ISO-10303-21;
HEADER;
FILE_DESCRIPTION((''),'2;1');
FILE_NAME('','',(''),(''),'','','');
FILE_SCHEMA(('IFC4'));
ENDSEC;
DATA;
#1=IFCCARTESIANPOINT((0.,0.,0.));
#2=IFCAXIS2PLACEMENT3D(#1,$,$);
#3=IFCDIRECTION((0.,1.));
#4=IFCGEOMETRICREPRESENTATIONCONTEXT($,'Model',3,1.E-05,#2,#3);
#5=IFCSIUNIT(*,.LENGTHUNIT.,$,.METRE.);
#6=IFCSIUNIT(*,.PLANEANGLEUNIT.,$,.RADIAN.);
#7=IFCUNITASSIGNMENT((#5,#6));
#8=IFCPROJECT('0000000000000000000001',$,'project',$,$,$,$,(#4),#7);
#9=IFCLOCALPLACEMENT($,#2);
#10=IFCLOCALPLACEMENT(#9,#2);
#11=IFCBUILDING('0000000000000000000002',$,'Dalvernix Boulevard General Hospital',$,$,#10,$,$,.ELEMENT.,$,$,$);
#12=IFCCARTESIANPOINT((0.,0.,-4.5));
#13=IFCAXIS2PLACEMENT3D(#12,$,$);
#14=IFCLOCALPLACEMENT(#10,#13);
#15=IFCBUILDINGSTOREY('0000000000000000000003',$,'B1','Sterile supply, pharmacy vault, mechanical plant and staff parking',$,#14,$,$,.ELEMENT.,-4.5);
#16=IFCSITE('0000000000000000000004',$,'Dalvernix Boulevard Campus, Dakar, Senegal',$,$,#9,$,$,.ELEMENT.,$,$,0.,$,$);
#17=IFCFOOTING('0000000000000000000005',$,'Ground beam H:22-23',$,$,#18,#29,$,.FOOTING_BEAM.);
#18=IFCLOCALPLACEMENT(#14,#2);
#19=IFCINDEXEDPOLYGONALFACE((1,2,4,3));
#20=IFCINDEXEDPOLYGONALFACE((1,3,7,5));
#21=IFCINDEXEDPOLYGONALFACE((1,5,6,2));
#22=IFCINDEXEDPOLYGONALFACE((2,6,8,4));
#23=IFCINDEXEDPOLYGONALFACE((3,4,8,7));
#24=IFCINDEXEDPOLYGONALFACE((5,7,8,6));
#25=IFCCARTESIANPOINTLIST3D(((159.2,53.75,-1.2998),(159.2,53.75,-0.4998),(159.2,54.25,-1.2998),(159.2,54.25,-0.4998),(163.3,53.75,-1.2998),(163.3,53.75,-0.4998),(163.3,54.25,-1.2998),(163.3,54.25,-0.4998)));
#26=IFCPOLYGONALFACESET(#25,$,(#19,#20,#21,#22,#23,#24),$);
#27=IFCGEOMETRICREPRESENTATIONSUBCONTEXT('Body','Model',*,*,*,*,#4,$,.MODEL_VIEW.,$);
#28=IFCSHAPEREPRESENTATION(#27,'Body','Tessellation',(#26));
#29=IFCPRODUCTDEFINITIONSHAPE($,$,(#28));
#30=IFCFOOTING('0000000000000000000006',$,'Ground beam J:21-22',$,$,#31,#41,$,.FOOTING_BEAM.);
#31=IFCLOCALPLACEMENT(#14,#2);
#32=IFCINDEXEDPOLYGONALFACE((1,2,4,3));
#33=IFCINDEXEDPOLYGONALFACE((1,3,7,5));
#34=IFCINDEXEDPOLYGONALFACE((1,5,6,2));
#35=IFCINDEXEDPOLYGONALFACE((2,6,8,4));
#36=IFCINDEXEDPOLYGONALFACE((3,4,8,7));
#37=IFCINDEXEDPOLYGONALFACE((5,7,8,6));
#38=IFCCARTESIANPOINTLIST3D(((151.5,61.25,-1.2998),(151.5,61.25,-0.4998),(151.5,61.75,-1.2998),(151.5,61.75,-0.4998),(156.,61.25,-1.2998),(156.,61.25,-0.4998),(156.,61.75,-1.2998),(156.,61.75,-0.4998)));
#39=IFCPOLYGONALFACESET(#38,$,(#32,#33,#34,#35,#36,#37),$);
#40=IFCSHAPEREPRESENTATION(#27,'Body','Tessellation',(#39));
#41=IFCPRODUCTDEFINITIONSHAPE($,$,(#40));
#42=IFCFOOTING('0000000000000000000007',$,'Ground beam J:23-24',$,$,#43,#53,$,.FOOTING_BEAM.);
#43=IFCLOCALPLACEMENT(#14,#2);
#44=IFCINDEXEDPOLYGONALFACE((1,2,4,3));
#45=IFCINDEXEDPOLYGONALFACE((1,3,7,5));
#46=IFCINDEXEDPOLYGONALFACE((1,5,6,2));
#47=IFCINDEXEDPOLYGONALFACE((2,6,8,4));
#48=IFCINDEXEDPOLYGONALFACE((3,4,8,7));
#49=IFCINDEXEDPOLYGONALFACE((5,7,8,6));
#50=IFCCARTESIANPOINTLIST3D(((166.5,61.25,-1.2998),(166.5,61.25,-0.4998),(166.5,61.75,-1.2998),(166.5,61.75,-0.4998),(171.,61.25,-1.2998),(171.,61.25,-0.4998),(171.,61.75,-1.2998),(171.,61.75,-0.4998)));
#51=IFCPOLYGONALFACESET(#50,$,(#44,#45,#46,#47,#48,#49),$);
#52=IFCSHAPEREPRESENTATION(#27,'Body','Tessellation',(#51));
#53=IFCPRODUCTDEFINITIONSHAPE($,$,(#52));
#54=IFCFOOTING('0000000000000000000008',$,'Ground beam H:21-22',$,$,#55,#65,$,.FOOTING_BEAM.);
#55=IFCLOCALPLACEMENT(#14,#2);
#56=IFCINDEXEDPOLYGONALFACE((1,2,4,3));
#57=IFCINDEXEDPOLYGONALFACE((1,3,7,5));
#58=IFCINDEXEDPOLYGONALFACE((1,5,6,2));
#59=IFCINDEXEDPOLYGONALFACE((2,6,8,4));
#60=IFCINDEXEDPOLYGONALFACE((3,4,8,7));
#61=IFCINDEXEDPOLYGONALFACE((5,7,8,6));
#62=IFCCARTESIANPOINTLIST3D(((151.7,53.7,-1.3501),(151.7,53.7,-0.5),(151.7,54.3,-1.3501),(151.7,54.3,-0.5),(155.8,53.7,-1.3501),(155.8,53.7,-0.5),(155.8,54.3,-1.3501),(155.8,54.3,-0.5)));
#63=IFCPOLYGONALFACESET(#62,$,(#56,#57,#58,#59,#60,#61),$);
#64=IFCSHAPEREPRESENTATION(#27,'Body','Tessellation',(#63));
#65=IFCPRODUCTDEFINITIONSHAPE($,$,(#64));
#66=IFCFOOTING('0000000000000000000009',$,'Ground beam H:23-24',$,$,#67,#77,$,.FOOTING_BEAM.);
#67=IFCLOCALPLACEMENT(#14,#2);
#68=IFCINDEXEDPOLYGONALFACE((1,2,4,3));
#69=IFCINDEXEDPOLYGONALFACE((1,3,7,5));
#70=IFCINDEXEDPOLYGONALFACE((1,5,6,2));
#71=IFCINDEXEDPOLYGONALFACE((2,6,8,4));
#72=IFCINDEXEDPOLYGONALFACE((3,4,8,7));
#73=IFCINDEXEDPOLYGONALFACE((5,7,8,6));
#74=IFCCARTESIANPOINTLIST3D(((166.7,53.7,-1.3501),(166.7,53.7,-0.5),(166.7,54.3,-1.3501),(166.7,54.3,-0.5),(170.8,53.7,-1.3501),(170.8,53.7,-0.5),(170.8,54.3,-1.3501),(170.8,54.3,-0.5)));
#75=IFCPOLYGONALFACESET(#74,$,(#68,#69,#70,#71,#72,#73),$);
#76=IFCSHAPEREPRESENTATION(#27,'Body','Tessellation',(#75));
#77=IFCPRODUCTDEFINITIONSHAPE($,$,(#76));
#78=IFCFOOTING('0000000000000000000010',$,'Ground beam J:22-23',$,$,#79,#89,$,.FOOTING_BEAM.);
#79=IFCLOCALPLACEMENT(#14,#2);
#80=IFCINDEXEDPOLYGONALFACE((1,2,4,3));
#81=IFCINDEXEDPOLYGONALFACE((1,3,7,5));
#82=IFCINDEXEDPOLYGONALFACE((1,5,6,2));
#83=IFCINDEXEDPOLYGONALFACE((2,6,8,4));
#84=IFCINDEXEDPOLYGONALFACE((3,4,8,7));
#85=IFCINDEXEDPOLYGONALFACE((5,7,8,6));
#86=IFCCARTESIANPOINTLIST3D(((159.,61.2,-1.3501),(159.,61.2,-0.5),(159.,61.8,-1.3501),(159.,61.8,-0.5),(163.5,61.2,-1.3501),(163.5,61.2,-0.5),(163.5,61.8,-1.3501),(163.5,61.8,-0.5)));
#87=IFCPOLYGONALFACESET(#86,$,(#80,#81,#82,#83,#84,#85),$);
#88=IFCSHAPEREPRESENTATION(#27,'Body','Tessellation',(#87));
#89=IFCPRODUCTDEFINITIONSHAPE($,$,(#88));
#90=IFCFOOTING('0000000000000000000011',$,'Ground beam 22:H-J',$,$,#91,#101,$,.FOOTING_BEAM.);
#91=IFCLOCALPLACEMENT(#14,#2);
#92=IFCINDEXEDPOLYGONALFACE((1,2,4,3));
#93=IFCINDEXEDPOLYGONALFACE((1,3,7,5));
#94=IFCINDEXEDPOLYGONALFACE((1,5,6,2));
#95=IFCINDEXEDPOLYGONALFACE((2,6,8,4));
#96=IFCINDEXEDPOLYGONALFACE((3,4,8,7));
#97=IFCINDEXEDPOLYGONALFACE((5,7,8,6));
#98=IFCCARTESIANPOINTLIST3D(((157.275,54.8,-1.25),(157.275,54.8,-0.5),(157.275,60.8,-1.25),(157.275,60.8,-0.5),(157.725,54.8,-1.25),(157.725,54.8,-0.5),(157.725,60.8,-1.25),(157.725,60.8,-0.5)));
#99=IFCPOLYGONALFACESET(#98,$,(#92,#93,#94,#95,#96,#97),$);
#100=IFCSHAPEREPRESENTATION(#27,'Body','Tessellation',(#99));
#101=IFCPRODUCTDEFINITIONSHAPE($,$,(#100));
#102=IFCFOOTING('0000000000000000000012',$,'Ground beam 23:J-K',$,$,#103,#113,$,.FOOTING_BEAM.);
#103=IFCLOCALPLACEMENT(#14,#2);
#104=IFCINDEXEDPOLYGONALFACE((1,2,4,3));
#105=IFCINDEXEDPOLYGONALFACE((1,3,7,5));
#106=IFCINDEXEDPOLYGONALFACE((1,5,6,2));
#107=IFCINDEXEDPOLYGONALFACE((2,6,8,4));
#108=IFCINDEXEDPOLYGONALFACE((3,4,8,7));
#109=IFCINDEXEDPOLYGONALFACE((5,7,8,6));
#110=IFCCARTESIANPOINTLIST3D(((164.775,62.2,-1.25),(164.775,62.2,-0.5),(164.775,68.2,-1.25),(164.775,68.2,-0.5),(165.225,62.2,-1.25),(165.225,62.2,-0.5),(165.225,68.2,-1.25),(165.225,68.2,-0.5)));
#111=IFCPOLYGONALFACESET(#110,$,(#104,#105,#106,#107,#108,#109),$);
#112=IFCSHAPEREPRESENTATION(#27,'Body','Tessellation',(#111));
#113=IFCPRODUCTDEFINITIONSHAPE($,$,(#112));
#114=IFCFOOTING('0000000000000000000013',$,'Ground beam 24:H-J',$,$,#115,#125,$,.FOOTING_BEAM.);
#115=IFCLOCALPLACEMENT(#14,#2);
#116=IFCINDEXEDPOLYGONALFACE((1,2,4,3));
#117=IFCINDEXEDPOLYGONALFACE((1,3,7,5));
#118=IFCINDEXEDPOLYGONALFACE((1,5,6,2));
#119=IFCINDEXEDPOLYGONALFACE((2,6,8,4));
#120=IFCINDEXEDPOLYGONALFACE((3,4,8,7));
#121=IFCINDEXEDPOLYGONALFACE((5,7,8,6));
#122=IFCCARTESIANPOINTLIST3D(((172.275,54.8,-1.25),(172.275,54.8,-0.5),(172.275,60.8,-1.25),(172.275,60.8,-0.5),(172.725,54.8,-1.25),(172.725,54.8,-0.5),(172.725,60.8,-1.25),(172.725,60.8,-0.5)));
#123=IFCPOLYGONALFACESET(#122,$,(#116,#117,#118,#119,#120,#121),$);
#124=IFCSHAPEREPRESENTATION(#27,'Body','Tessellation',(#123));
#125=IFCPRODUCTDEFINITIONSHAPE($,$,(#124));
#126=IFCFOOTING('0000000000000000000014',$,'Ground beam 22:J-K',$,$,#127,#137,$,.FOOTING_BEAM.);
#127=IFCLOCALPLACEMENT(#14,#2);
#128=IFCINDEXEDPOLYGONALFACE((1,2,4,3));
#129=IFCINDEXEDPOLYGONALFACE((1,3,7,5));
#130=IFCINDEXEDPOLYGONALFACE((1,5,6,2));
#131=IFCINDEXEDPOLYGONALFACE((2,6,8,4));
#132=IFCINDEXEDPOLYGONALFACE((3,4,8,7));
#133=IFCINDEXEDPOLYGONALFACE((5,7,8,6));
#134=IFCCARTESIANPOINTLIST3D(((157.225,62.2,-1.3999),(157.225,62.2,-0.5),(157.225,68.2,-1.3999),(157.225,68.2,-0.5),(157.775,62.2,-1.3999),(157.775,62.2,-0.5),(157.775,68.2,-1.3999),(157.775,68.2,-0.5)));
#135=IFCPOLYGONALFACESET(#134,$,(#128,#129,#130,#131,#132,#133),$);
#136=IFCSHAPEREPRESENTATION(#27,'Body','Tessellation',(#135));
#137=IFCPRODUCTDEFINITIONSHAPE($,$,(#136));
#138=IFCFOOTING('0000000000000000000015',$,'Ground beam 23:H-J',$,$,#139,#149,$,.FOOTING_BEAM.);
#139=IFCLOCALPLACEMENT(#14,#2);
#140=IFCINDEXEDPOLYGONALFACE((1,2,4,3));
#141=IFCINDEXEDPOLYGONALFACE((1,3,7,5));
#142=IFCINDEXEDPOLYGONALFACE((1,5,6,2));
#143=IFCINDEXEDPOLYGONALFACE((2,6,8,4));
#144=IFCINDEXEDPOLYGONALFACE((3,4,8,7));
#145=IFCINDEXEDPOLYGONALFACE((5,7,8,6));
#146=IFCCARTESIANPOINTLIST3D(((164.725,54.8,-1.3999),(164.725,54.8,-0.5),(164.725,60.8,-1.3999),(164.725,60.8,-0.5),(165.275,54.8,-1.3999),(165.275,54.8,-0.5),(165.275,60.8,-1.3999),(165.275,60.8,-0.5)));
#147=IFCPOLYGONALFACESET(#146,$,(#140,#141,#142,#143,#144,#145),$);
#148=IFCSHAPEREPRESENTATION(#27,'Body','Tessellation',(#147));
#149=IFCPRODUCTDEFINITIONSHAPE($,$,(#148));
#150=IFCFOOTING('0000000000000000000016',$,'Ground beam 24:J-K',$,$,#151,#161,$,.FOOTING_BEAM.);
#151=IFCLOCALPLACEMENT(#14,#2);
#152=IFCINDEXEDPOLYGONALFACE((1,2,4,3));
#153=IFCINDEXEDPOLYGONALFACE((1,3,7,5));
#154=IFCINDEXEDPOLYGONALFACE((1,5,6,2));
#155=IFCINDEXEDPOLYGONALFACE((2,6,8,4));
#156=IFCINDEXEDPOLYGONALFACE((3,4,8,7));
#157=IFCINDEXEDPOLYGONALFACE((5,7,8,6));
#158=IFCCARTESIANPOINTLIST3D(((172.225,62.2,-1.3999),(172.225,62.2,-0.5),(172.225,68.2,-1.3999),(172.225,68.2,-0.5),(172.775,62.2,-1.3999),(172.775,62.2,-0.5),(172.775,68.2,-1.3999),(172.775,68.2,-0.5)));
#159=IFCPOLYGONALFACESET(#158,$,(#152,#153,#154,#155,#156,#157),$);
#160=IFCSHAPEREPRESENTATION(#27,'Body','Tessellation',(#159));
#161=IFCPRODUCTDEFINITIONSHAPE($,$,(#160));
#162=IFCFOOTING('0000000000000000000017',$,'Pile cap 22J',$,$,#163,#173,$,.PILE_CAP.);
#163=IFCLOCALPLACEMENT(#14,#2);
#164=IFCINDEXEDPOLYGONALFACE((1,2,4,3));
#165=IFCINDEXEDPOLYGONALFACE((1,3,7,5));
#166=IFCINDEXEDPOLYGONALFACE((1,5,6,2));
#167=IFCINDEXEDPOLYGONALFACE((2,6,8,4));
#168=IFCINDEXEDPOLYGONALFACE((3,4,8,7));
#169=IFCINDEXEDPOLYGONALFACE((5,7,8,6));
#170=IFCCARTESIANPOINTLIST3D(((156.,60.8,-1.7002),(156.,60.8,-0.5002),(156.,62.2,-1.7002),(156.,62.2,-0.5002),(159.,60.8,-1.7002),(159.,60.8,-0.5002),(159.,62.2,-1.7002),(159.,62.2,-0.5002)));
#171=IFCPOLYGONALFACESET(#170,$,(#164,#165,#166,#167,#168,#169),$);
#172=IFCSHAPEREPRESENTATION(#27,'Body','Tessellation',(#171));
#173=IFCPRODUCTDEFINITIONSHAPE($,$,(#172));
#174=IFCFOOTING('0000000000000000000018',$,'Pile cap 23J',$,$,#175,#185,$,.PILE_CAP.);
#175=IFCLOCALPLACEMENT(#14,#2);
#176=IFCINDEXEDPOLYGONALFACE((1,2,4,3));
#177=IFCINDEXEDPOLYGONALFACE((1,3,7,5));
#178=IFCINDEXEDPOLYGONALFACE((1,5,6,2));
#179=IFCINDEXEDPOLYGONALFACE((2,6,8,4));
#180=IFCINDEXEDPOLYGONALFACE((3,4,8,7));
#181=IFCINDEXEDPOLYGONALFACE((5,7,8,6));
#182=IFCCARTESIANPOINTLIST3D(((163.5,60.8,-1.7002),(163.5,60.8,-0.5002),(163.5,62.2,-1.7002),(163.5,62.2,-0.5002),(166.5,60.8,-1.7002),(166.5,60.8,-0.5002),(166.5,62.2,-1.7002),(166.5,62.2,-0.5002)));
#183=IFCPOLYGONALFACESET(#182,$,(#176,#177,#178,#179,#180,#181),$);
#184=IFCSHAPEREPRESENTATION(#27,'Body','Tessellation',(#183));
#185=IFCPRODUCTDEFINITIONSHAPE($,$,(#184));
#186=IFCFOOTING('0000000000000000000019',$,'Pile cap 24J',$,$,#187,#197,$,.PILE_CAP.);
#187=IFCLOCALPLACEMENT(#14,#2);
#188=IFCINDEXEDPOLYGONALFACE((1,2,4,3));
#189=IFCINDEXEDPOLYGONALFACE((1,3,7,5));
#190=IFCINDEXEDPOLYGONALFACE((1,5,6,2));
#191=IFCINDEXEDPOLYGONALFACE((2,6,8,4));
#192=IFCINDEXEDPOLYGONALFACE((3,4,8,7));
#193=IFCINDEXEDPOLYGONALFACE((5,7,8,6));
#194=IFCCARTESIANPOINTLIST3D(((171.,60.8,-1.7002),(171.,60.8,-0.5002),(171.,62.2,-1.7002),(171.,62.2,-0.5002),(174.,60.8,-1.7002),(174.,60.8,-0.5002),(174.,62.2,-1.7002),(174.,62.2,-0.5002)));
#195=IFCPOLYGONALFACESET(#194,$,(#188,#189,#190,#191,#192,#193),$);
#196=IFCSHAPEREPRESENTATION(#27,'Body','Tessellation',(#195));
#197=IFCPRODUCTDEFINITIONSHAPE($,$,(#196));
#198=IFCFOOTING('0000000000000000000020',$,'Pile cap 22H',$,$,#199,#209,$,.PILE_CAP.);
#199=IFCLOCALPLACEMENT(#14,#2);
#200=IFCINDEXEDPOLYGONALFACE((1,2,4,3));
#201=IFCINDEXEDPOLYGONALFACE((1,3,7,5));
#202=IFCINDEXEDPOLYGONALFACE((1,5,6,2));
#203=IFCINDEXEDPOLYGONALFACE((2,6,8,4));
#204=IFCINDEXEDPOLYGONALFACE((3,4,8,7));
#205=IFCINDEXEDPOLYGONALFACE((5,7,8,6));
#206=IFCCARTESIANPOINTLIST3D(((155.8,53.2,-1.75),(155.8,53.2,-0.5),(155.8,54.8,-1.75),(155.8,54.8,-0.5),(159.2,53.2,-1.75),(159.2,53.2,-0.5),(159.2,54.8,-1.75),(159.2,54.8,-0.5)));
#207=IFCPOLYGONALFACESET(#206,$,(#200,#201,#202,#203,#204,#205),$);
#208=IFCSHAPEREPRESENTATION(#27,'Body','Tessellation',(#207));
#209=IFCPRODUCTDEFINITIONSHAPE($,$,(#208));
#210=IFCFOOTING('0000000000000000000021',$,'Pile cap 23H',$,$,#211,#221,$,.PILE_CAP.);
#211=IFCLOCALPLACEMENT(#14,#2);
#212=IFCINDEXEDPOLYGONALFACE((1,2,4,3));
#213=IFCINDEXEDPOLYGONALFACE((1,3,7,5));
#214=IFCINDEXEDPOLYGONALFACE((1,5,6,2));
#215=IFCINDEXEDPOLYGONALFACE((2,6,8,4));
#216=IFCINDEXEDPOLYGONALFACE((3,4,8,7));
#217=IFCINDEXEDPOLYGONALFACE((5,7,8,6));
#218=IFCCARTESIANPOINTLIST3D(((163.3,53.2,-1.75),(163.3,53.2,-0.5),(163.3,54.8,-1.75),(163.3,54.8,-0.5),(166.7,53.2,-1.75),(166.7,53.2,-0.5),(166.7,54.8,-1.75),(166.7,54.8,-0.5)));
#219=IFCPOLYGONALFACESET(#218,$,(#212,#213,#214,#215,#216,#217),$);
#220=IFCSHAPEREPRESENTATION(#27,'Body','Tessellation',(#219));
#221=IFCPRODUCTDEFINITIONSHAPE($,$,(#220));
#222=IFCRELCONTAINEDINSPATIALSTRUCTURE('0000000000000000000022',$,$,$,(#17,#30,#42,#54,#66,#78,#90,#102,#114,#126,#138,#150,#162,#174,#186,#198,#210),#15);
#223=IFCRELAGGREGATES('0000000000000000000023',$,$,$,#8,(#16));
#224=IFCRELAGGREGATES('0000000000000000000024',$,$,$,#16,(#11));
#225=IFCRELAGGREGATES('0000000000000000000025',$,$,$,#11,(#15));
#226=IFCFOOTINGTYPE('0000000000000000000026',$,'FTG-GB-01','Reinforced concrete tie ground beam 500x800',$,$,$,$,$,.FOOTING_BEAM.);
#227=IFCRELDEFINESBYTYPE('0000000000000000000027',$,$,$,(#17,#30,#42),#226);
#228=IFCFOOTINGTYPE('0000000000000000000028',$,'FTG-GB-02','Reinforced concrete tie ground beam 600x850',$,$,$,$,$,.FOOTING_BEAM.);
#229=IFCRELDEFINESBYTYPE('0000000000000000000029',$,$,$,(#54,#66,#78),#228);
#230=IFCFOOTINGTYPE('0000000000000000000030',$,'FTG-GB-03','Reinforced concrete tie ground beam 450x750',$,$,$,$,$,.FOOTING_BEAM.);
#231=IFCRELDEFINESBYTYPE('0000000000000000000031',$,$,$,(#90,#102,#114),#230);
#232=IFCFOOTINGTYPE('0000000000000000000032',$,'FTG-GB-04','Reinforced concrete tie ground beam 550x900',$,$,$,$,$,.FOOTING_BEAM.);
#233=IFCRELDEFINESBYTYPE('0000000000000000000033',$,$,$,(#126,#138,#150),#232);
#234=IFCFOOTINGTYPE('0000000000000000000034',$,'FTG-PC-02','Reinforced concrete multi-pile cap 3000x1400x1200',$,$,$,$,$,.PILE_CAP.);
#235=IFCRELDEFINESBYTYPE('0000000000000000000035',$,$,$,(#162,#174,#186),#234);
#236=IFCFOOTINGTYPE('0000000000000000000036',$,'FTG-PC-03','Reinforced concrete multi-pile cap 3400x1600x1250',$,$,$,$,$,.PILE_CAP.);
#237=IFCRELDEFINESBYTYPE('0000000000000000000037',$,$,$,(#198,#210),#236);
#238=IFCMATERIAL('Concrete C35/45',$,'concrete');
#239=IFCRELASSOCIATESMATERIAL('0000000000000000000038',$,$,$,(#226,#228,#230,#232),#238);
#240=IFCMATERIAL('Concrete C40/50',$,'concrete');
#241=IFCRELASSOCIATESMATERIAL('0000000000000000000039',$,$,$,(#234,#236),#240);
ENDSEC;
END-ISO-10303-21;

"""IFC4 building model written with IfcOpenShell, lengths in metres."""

from ifc_helpers import new_model, si_unit, direction, frame, origin, origin_2d, place, context, subcontext, project, spatial, rectangle, extrude, material, type_object, element, save


model = new_model("IFC4")

# Units and contexts
model_context = context("Model", 3, precision=1e-05, world=origin(), true_north=direction((0.0, 1.0)))
body_context = subcontext(model_context, "Body", "Model", "MODEL_VIEW")
ifc_project = project(units=[si_unit("LENGTHUNIT", "METRE"), si_unit("PLANEANGLEUNIT", "RADIAN")], contexts=[model_context])

# Site, building, storey
site_placement = place(None, origin())
site = spatial("IfcSite", under=ifc_project, at=site_placement, Name="Dalvernix Boulevard Campus, Dakar, Senegal", CompositionType="ELEMENT", RefElevation=0.0)
building_placement = place(site_placement, origin())
building = spatial("IfcBuilding", under=site, at=building_placement, Name="Dalvernix Boulevard General Hospital", CompositionType="ELEMENT")
storey_placement = place(building_placement, frame((0.0, 0.0, -4.5)))
storey = spatial("IfcBuildingStorey", under=building, at=storey_placement, Name="B1", Description="Sterile supply, pharmacy vault, mechanical plant and staff parking", CompositionType="ELEMENT", Elevation=-4.5)

# Footings
ifc_material_1 = material(Name="Concrete C35/45", Category="concrete")
footing_type_1 = type_object("IfcFootingType", Name="FTG-GB-01", Description="Reinforced concrete tie ground beam 500x800", PredefinedType="FOOTING_BEAM", material=ifc_material_1)
footing_1_placement = place(storey_placement, frame((161.25, 54.0, -1.2998), z_axis=(0.0, 0.0, 1.0), x_axis=(1.0, 0.0, 0.0)))
element("IfcFooting", 1, at=footing_1_placement, inside=storey, type_object=footing_type_1, Name="Ground beam H:22-23", PredefinedType="FOOTING_BEAM", context=body_context, shape_type="SweptSolid", body=[
    extrude(rectangle(XDim=4.1001, YDim=0.5, at=origin_2d()), origin(), (0.0, 0.0, 1.0), 0.8),
])
for number, where, z_axis, x_axis, name in (
    (2, (153.75, 61.5, -1.2998), (0.0, 0.0, 1.0), (1.0, 0.0, 0.0), "Ground beam J:21-22"),
    (3, (168.75, 61.5, -1.2998), (0.0, 0.0, 1.0), (1.0, 0.0, 0.0), "Ground beam J:23-24"),
):
    element("IfcFooting", number, at=place(storey_placement, frame(where, z_axis=z_axis, x_axis=x_axis)), inside=storey, type_object=footing_type_1, Name=name, PredefinedType="FOOTING_BEAM", context=body_context, shape_type="SweptSolid", body=[
        extrude(rectangle(XDim=4.5, YDim=0.5, at=origin_2d()), origin(), (0.0, 0.0, 1.0), 0.8),
    ])
footing_type_2 = type_object("IfcFootingType", Name="FTG-GB-02", Description="Reinforced concrete tie ground beam 600x850", PredefinedType="FOOTING_BEAM", material=ifc_material_1)
for number, where, z_axis, x_axis, name in (
    (4, (153.75, 54.0, -1.3501), (0.0, 0.0, 1.0), (1.0, 0.0, 0.0), "Ground beam H:21-22"),
    (5, (168.75, 54.0, -1.3501), (0.0, 0.0, 1.0), (1.0, 0.0, 0.0), "Ground beam H:23-24"),
):
    element("IfcFooting", number, at=place(storey_placement, frame(where, z_axis=z_axis, x_axis=x_axis)), inside=storey, type_object=footing_type_2, Name=name, PredefinedType="FOOTING_BEAM", context=body_context, shape_type="SweptSolid", body=[
        extrude(rectangle(XDim=4.1001, YDim=0.6001, at=origin_2d()), origin(), (0.0, 0.0, 1.0), 0.8501),
    ])
footing_2_placement = place(storey_placement, frame((161.25, 61.5, -1.3501), z_axis=(0.0, 0.0, 1.0), x_axis=(1.0, 0.0, 0.0)))
element("IfcFooting", 6, at=footing_2_placement, inside=storey, type_object=footing_type_2, Name="Ground beam J:22-23", PredefinedType="FOOTING_BEAM", context=body_context, shape_type="SweptSolid", body=[
    extrude(rectangle(XDim=4.5, YDim=0.6001, at=origin_2d()), origin(), (0.0, 0.0, 1.0), 0.8501),
])
footing_type_3 = type_object("IfcFootingType", Name="FTG-GB-03", Description="Reinforced concrete tie ground beam 450x750", PredefinedType="FOOTING_BEAM", material=ifc_material_1)
for number, where, z_axis, x_axis, name in (
    (7, (157.5, 57.8, -1.25), (0.0, 0.0, 1.0), (0.0, 1.0, 0.0), "Ground beam 22:H-J"),
    (8, (165.0, 65.2, -1.25), (0.0, 0.0, 1.0), (0.0, 1.0, 0.0), "Ground beam 23:J-K"),
    (9, (172.5, 57.8, -1.25), (0.0, 0.0, 1.0), (0.0, 1.0, 0.0), "Ground beam 24:H-J"),
):
    element("IfcFooting", number, at=place(storey_placement, frame(where, z_axis=z_axis, x_axis=x_axis)), inside=storey, type_object=footing_type_3, Name=name, PredefinedType="FOOTING_BEAM", context=body_context, shape_type="SweptSolid", body=[
        extrude(rectangle(XDim=6.0, YDim=0.45, at=origin_2d()), origin(), (0.0, 0.0, 1.0), 0.75),
    ])
footing_type_4 = type_object("IfcFootingType", Name="FTG-GB-04", Description="Reinforced concrete tie ground beam 550x900", PredefinedType="FOOTING_BEAM", material=ifc_material_1)
for number, where, z_axis, x_axis, name in (
    (10, (157.5, 65.2, -1.3999), (0.0, 0.0, 1.0), (0.0, 1.0, 0.0), "Ground beam 22:J-K"),
    (11, (165.0, 57.8, -1.3999), (0.0, 0.0, 1.0), (0.0, 1.0, 0.0), "Ground beam 23:H-J"),
    (12, (172.5, 65.2, -1.3999), (0.0, 0.0, 1.0), (0.0, 1.0, 0.0), "Ground beam 24:J-K"),
):
    element("IfcFooting", number, at=place(storey_placement, frame(where, z_axis=z_axis, x_axis=x_axis)), inside=storey, type_object=footing_type_4, Name=name, PredefinedType="FOOTING_BEAM", context=body_context, shape_type="SweptSolid", body=[
        extrude(rectangle(XDim=6.0, YDim=0.55, at=origin_2d()), origin(), (0.0, 0.0, 1.0), 0.8999),
    ])
ifc_material_2 = material(Name="Concrete C40/50", Category="concrete")
footing_type_5 = type_object("IfcFootingType", Name="FTG-PC-02", Description="Reinforced concrete multi-pile cap 3000x1400x1200", PredefinedType="PILE_CAP", material=ifc_material_2)
for number, where, z_axis, x_axis, name in (
    (13, (157.5, 61.5, -1.7002), (0.0, 0.0, 1.0), (1.0, 0.0, 0.0), "Pile cap 22J"),
    (14, (165.0, 61.5, -1.7002), (0.0, 0.0, 1.0), (1.0, 0.0, 0.0), "Pile cap 23J"),
    (15, (172.5, 61.5, -1.7002), (0.0, 0.0, 1.0), (1.0, 0.0, 0.0), "Pile cap 24J"),
):
    element("IfcFooting", number, at=place(storey_placement, frame(where, z_axis=z_axis, x_axis=x_axis)), inside=storey, type_object=footing_type_5, Name=name, PredefinedType="PILE_CAP", context=body_context, shape_type="SweptSolid", body=[
        extrude(rectangle(XDim=3.0, YDim=1.3999, at=origin_2d()), origin(), (0.0, 0.0, 1.0), 1.2),
    ])
footing_type_6 = type_object("IfcFootingType", Name="FTG-PC-03", Description="Reinforced concrete multi-pile cap 3400x1600x1250", PredefinedType="PILE_CAP", material=ifc_material_2)
for number, where, z_axis, x_axis, name in (
    (16, (157.5, 54.0, -1.75), (0.0, 0.0, 1.0), (1.0, 0.0, 0.0), "Pile cap 22H"),
    (17, (165.0, 54.0, -1.75), (0.0, 0.0, 1.0), (1.0, 0.0, 0.0), "Pile cap 23H"),
):
    element("IfcFooting", number, at=place(storey_placement, frame(where, z_axis=z_axis, x_axis=x_axis)), inside=storey, type_object=footing_type_6, Name=name, PredefinedType="PILE_CAP", context=body_context, shape_type="SweptSolid", body=[
        extrude(rectangle(XDim=3.3999, YDim=1.6001, at=origin_2d()), origin(), (0.0, 0.0, 1.0), 1.25),
    ])

save(model, "model.ifc")
